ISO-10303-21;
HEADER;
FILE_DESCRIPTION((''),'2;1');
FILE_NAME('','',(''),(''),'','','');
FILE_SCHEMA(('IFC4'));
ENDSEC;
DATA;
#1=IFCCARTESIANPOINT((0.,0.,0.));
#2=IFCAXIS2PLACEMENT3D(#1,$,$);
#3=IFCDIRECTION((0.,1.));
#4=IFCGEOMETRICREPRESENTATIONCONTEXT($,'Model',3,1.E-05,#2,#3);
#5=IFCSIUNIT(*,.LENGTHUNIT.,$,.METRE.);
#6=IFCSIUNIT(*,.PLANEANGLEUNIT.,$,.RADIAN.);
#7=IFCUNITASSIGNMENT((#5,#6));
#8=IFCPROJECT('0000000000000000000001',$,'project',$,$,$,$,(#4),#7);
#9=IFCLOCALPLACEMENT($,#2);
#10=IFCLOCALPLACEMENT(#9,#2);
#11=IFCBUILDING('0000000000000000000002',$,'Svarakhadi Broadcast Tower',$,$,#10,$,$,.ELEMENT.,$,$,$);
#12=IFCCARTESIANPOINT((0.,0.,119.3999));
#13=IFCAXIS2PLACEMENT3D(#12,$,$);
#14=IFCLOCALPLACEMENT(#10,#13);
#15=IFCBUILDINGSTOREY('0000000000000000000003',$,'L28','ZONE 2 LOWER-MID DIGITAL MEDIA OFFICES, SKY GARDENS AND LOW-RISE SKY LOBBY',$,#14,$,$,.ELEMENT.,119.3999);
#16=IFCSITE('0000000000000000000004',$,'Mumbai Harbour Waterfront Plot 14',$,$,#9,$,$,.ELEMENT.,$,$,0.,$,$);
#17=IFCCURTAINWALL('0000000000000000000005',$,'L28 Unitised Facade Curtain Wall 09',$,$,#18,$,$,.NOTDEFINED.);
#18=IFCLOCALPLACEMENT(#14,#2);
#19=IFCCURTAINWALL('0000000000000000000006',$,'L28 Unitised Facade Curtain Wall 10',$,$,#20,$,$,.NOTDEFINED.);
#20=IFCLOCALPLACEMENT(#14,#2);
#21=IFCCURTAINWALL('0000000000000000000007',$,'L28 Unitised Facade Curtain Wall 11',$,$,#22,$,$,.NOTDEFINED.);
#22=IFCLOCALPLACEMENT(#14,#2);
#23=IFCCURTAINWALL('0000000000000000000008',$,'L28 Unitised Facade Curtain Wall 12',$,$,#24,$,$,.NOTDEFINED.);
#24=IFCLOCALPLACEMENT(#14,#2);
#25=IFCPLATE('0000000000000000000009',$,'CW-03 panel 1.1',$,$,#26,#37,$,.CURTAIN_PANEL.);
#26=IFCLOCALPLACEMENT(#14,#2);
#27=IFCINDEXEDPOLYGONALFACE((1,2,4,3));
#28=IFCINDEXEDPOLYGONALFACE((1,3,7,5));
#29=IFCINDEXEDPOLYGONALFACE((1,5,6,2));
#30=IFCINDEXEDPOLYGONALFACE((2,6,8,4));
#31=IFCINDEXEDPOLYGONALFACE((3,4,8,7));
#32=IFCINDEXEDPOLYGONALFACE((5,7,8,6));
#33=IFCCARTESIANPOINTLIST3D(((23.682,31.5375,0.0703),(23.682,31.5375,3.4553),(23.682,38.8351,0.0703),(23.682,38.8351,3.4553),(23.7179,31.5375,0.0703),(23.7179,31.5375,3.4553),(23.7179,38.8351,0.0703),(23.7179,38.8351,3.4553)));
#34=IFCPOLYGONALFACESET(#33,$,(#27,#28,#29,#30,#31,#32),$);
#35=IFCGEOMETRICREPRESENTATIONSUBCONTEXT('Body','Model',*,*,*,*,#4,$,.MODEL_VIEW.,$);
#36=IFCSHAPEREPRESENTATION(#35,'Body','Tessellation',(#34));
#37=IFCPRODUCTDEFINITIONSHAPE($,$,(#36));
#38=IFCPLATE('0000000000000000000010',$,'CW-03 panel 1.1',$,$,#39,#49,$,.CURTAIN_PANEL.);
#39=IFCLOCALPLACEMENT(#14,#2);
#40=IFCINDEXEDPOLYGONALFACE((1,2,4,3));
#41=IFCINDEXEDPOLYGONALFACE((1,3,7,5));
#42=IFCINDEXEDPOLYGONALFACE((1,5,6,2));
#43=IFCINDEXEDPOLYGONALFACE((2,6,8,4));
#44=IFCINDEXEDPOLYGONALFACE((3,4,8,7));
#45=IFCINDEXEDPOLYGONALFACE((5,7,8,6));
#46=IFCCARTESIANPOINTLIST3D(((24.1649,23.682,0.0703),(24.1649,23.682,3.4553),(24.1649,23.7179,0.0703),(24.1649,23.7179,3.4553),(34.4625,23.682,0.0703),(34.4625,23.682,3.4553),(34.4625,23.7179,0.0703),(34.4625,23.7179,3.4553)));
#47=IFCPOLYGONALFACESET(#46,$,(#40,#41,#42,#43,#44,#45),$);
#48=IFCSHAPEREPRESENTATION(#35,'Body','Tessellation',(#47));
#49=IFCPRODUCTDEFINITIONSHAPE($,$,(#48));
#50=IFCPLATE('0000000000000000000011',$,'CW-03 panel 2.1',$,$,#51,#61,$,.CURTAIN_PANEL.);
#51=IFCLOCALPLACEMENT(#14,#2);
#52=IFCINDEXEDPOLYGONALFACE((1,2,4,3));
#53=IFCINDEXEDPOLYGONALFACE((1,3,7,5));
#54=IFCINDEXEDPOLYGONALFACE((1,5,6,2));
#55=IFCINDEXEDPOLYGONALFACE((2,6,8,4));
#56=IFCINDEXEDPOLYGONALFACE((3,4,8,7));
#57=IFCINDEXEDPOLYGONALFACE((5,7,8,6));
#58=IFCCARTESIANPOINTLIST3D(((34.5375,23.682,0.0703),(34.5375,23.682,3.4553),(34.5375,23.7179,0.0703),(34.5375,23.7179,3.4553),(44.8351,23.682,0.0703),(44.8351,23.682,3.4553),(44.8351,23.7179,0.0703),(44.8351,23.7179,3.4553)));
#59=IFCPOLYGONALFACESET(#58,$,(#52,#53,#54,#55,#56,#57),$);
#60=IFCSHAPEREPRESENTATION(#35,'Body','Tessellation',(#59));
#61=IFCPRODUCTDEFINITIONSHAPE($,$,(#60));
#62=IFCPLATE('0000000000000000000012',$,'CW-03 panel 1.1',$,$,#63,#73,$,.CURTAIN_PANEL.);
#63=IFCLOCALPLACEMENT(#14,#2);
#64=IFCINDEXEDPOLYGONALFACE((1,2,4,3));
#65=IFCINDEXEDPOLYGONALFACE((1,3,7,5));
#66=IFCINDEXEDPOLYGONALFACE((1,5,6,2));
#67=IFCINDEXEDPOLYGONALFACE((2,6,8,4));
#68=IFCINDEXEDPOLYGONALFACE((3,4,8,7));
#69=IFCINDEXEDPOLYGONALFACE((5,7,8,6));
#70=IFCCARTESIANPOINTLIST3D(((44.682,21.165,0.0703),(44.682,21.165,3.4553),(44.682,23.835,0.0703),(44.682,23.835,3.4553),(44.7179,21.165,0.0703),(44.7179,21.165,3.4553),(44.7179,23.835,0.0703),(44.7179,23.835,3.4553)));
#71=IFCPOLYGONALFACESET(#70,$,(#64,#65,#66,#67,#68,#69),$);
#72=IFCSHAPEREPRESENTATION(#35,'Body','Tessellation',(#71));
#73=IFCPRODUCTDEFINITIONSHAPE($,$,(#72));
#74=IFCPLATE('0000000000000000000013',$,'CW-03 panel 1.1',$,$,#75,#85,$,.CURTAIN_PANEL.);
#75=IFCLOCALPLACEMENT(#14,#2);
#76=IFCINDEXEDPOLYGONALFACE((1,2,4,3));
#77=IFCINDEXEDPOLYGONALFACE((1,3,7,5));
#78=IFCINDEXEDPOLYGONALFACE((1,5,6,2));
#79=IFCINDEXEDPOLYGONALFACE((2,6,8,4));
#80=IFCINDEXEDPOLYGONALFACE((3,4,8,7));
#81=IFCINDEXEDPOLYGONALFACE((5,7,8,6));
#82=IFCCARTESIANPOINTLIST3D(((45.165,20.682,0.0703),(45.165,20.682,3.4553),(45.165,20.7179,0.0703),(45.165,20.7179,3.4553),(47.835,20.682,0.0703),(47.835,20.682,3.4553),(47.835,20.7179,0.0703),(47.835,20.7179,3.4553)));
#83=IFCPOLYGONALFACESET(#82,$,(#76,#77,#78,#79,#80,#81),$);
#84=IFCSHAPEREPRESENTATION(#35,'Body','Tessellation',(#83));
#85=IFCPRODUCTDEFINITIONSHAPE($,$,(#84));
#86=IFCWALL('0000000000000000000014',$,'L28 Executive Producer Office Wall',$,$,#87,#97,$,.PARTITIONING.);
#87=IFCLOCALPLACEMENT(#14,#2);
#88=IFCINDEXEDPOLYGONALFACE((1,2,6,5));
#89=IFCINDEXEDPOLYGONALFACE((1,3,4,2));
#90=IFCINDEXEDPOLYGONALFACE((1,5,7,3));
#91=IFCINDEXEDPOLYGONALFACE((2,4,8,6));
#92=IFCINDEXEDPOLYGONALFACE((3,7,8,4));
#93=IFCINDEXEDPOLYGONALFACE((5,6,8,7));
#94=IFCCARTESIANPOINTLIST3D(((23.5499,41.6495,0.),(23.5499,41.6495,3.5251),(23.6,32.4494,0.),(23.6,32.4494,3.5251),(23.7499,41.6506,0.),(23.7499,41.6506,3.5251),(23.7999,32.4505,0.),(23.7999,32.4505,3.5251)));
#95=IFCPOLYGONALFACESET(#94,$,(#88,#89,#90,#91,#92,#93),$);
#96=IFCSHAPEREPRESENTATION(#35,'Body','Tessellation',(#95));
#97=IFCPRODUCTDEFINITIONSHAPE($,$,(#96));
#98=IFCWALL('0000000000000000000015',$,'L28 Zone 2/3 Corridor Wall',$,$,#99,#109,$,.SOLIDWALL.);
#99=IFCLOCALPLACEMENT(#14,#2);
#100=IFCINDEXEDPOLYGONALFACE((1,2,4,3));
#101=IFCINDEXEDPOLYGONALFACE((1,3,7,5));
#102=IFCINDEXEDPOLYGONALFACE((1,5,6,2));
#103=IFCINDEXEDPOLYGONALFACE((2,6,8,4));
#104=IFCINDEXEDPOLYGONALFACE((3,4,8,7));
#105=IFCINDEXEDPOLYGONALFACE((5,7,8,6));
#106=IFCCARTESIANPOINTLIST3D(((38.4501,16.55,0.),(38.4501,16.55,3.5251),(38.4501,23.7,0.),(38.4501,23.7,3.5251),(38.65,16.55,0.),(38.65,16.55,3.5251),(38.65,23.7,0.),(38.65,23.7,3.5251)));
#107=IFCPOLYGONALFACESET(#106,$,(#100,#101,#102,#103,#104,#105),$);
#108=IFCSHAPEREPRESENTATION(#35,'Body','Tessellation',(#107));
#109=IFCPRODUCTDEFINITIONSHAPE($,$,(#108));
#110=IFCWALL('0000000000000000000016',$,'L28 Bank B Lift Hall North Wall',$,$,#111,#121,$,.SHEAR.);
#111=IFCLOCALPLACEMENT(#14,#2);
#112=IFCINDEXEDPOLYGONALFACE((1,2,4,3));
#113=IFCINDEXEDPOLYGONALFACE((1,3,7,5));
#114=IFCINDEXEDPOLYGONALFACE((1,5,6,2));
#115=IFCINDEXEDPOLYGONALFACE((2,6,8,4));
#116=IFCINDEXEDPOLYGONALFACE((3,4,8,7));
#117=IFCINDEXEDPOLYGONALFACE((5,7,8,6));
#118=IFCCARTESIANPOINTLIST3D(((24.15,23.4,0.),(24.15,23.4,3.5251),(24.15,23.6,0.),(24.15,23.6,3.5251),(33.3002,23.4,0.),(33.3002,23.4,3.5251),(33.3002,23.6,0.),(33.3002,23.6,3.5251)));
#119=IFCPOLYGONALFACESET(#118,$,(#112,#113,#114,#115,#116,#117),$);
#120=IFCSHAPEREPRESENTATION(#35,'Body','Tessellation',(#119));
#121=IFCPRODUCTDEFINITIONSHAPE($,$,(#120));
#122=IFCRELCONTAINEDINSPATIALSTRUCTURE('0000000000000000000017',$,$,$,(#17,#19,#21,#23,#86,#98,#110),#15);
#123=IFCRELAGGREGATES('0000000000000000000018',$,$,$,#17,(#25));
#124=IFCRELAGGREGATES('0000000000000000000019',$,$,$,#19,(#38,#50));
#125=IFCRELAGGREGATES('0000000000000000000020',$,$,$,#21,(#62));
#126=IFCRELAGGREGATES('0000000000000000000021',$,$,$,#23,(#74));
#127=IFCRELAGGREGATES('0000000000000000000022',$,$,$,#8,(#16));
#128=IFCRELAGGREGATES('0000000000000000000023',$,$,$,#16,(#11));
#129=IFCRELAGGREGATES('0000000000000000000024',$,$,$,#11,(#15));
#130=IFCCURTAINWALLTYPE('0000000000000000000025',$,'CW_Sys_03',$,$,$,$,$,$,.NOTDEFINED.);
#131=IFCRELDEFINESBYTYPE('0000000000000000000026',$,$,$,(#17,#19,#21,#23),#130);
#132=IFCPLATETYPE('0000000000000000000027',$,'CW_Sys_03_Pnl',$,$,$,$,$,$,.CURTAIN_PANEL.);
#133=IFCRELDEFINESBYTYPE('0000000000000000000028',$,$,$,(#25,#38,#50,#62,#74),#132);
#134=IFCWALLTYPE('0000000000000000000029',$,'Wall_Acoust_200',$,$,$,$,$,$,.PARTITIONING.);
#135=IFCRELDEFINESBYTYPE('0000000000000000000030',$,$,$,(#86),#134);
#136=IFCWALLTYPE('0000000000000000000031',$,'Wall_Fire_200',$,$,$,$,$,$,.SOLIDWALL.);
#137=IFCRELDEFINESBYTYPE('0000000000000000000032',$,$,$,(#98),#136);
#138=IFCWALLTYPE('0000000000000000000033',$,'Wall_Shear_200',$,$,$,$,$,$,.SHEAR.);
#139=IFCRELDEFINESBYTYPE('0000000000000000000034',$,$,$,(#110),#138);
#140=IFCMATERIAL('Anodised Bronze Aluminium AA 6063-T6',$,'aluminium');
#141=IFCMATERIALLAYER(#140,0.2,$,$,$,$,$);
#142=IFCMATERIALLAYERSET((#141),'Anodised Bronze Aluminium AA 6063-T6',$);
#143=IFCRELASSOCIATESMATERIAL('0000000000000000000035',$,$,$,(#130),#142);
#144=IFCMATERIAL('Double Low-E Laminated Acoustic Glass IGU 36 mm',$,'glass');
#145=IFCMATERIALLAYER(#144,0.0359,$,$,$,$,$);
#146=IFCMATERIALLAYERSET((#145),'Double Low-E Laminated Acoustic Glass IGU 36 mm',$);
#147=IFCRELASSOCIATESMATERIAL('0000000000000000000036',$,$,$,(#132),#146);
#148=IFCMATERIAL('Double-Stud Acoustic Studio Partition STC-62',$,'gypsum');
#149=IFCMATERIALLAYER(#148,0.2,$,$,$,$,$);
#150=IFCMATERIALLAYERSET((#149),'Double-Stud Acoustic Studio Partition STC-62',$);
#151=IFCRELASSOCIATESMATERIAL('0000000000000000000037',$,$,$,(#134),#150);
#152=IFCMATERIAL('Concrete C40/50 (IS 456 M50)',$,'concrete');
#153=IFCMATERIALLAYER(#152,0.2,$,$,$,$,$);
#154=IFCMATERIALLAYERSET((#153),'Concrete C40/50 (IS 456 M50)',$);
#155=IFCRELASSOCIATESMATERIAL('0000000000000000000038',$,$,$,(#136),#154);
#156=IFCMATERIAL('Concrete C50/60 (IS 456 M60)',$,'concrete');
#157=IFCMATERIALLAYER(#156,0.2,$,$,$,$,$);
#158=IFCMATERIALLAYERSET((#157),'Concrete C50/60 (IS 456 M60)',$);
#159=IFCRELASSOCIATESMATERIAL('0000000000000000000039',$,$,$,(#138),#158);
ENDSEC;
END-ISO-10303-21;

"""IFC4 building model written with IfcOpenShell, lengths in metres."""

from ifc_helpers import new_model, si_unit, direction, frame, frame_2d, origin, origin_2d, place, context, subcontext, project, spatial, rectangle, extrude, material, layer, layer_set, type_object, element, aggregate, save


model = new_model("IFC4")

# Units and contexts
model_context = context("Model", 3, precision=1e-05, world=origin(), true_north=direction((0.0, 1.0)))
body_context = subcontext(model_context, "Body", "Model", "MODEL_VIEW")
ifc_project = project(units=[si_unit("LENGTHUNIT", "METRE"), si_unit("PLANEANGLEUNIT", "RADIAN")], contexts=[model_context])

# Site, building, storey
site_placement = place(None, origin())
site = spatial("IfcSite", under=ifc_project, at=site_placement, Name="Mumbai Harbour Waterfront Plot 14", CompositionType="ELEMENT", RefElevation=0.0)
building_placement = place(site_placement, origin())
building = spatial("IfcBuilding", under=site, at=building_placement, Name="Svarakhadi Broadcast Tower", CompositionType="ELEMENT")
storey_placement = place(building_placement, frame((0.0, 0.0, 119.3999)))
storey = spatial("IfcBuildingStorey", under=building, at=storey_placement, Name="L28", Description="ZONE 2 LOWER-MID DIGITAL MEDIA OFFICES, SKY GARDENS AND LOW-RISE SKY LOBBY", CompositionType="ELEMENT", Elevation=119.3999)

# Curtain wall
ifc_material_1 = material(Name="Anodised Bronze Aluminium AA 6063-T6", Category="aluminium")
ifc_layer_1 = layer(ifc_material_1, 0.2)
ifc_layer_set_1 = layer_set([ifc_layer_1], Name="Anodised Bronze Aluminium AA 6063-T6")
curtain_wall_type = type_object("IfcCurtainWallType", Name="CW_Sys_03", PredefinedType="NOTDEFINED", material=ifc_layer_set_1)
curtain_wall_1_placement = place(storey_placement, origin())
curtain_wall_1 = element("IfcCurtainWall", 1, at=curtain_wall_1_placement, inside=storey, type_object=curtain_wall_type, Name="L28 Unitised Facade Curtain Wall 09", PredefinedType="NOTDEFINED")

# Curtain walls
curtain_wall_2_placement = place(storey_placement, origin())
curtain_wall_2 = element("IfcCurtainWall", 2, at=curtain_wall_2_placement, inside=storey, type_object=curtain_wall_type, Name="L28 Unitised Facade Curtain Wall 10", PredefinedType="NOTDEFINED")
curtain_wall_3_placement = place(storey_placement, origin())
curtain_wall_3 = element("IfcCurtainWall", 3, at=curtain_wall_3_placement, inside=storey, type_object=curtain_wall_type, Name="L28 Unitised Facade Curtain Wall 11", PredefinedType="NOTDEFINED")
curtain_wall_4_placement = place(storey_placement, origin())
curtain_wall_4 = element("IfcCurtainWall", 4, at=curtain_wall_4_placement, inside=storey, type_object=curtain_wall_type, Name="L28 Unitised Facade Curtain Wall 12", PredefinedType="NOTDEFINED")

# Plates
ifc_material_2 = material(Name="Double Low-E Laminated Acoustic Glass IGU 36 mm", Category="glass")
ifc_layer_2 = layer(ifc_material_2, 0.0359)
ifc_layer_set_2 = layer_set([ifc_layer_2], Name="Double Low-E Laminated Acoustic Glass IGU 36 mm")
plate_type = type_object("IfcPlateType", Name="CW_Sys_03_Pnl", PredefinedType="CURTAIN_PANEL", material=ifc_layer_set_2)
plate_1_placement = place(storey_placement, frame((23.7, 35.1863, 0.0703), z_axis=(0.0, 0.0, 1.0), x_axis=(0.0, -1.0, 0.0)))
plate_1 = element("IfcPlate", 5, at=plate_1_placement, type_object=plate_type, Name="CW-03 panel 1.1", PredefinedType="CURTAIN_PANEL", context=body_context, shape_type="SweptSolid", body=[
    extrude(rectangle(XDim=7.2976, YDim=0.0359, at=origin_2d()), origin(), (0.0, 0.0, 1.0), 3.385),
])
aggregate(curtain_wall_1, [plate_1])
plate_2_placement = place(storey_placement, frame((29.3137, 23.7, 0.0703), z_axis=(0.0, 0.0, 1.0), x_axis=(1.0, 0.0, 0.0)))
plate_2 = element("IfcPlate", 6, at=plate_2_placement, type_object=plate_type, Name="CW-03 panel 1.1", PredefinedType="CURTAIN_PANEL", context=body_context, shape_type="SweptSolid", body=[
    extrude(rectangle(XDim=10.2976, YDim=0.0359, at=origin_2d()), origin(), (0.0, 0.0, 1.0), 3.385),
])
plate_3_placement = place(storey_placement, frame((39.6863, 23.7, 0.0703), z_axis=(0.0, 0.0, 1.0), x_axis=(1.0, 0.0, 0.0)))
plate_3 = element("IfcPlate", 7, at=plate_3_placement, type_object=plate_type, Name="CW-03 panel 2.1", PredefinedType="CURTAIN_PANEL", context=body_context, shape_type="SweptSolid", body=[
    extrude(rectangle(XDim=10.2976, YDim=0.0359, at=origin_2d()), origin(), (0.0, 0.0, 1.0), 3.385),
])
aggregate(curtain_wall_2, [plate_2, plate_3])
plate_4_placement = place(storey_placement, frame((44.7, 22.5, 0.0703), z_axis=(0.0, 0.0, 1.0), x_axis=(0.0, -1.0, 0.0)))
plate_4 = element("IfcPlate", 8, at=plate_4_placement, type_object=plate_type, Name="CW-03 panel 1.1", PredefinedType="CURTAIN_PANEL", context=body_context, shape_type="SweptSolid", body=[
    extrude(rectangle(XDim=2.6699, YDim=0.0359, at=origin_2d()), origin(), (0.0, 0.0, 1.0), 3.385),
])
aggregate(curtain_wall_3, [plate_4])
plate_5_placement = place(storey_placement, frame((46.5, 20.7, 0.0703), z_axis=(0.0, 0.0, 1.0), x_axis=(1.0, 0.0, 0.0)))
plate_5 = element("IfcPlate", 9, at=plate_5_placement, type_object=plate_type, Name="CW-03 panel 1.1", PredefinedType="CURTAIN_PANEL", context=body_context, shape_type="SweptSolid", body=[
    extrude(rectangle(XDim=2.6699, YDim=0.0359, at=origin_2d()), origin(), (0.0, 0.0, 1.0), 3.385),
])
aggregate(curtain_wall_4, [plate_5])

# Walls
ifc_material_3 = material(Name="Double-Stud Acoustic Studio Partition STC-62", Category="gypsum")
ifc_layer_3 = layer(ifc_material_3, 0.2)
ifc_layer_set_3 = layer_set([ifc_layer_3], Name="Double-Stud Acoustic Studio Partition STC-62")
wall_type_1 = type_object("IfcWallType", Name="Wall_Acoust_200", PredefinedType="PARTITIONING", material=ifc_layer_set_3)
wall_1_placement = place(storey_placement, frame((23.7, 32.45, 0.0), z_axis=(0.0, 0.0, 1.0), x_axis=(-0.00544, 0.999985, 0.0)))
element("IfcWall", 10, at=wall_1_placement, inside=storey, type_object=wall_type_1, Name="L28 Executive Producer Office Wall", PredefinedType="PARTITIONING", context=body_context, shape_type="SweptSolid", body=[
    extrude(rectangle(XDim=9.2002, YDim=0.2, at=frame_2d((4.6001, 0.0))), origin(), (0.0, 0.0, 1.0), 3.5251),
])
ifc_material_4 = material(Name="Concrete C40/50 (IS 456 M50)", Category="concrete")
ifc_layer_4 = layer(ifc_material_4, 0.2)
ifc_layer_set_4 = layer_set([ifc_layer_4], Name="Concrete C40/50 (IS 456 M50)")
wall_type_2 = type_object("IfcWallType", Name="Wall_Fire_200", PredefinedType="SOLIDWALL", material=ifc_layer_set_4)
wall_2_placement = place(storey_placement, frame((38.55, 23.7, 0.0), z_axis=(0.0, 0.0, 1.0), x_axis=(0.0, -1.0, 0.0)))
element("IfcWall", 11, at=wall_2_placement, inside=storey, type_object=wall_type_2, Name="L28 Zone 2/3 Corridor Wall", PredefinedType="SOLIDWALL", context=body_context, shape_type="SweptSolid", body=[
    extrude(rectangle(XDim=7.1499, YDim=0.2, at=frame_2d((3.575, 0.0))), origin(), (0.0, 0.0, 1.0), 3.5251),
])
ifc_material_5 = material(Name="Concrete C50/60 (IS 456 M60)", Category="concrete")
ifc_layer_5 = layer(ifc_material_5, 0.2)
ifc_layer_set_5 = layer_set([ifc_layer_5], Name="Concrete C50/60 (IS 456 M60)")
wall_type_3 = type_object("IfcWallType", Name="Wall_Shear_200", PredefinedType="SHEAR", material=ifc_layer_set_5)
wall_3_placement = place(storey_placement, frame((24.1499, 23.5, 0.0), z_axis=(0.0, 0.0, 1.0), x_axis=(1.0, 0.0, 0.0)))
element("IfcWall", 12, at=wall_3_placement, inside=storey, type_object=wall_type_3, Name="L28 Bank B Lift Hall North Wall", PredefinedType="SHEAR", context=body_context, shape_type="SweptSolid", body=[
    extrude(rectangle(XDim=9.1501, YDim=0.2, at=frame_2d((4.5752, 0.0))), origin(), (0.0, 0.0, 1.0), 3.5251),
])

save(model, "model.ifc")
